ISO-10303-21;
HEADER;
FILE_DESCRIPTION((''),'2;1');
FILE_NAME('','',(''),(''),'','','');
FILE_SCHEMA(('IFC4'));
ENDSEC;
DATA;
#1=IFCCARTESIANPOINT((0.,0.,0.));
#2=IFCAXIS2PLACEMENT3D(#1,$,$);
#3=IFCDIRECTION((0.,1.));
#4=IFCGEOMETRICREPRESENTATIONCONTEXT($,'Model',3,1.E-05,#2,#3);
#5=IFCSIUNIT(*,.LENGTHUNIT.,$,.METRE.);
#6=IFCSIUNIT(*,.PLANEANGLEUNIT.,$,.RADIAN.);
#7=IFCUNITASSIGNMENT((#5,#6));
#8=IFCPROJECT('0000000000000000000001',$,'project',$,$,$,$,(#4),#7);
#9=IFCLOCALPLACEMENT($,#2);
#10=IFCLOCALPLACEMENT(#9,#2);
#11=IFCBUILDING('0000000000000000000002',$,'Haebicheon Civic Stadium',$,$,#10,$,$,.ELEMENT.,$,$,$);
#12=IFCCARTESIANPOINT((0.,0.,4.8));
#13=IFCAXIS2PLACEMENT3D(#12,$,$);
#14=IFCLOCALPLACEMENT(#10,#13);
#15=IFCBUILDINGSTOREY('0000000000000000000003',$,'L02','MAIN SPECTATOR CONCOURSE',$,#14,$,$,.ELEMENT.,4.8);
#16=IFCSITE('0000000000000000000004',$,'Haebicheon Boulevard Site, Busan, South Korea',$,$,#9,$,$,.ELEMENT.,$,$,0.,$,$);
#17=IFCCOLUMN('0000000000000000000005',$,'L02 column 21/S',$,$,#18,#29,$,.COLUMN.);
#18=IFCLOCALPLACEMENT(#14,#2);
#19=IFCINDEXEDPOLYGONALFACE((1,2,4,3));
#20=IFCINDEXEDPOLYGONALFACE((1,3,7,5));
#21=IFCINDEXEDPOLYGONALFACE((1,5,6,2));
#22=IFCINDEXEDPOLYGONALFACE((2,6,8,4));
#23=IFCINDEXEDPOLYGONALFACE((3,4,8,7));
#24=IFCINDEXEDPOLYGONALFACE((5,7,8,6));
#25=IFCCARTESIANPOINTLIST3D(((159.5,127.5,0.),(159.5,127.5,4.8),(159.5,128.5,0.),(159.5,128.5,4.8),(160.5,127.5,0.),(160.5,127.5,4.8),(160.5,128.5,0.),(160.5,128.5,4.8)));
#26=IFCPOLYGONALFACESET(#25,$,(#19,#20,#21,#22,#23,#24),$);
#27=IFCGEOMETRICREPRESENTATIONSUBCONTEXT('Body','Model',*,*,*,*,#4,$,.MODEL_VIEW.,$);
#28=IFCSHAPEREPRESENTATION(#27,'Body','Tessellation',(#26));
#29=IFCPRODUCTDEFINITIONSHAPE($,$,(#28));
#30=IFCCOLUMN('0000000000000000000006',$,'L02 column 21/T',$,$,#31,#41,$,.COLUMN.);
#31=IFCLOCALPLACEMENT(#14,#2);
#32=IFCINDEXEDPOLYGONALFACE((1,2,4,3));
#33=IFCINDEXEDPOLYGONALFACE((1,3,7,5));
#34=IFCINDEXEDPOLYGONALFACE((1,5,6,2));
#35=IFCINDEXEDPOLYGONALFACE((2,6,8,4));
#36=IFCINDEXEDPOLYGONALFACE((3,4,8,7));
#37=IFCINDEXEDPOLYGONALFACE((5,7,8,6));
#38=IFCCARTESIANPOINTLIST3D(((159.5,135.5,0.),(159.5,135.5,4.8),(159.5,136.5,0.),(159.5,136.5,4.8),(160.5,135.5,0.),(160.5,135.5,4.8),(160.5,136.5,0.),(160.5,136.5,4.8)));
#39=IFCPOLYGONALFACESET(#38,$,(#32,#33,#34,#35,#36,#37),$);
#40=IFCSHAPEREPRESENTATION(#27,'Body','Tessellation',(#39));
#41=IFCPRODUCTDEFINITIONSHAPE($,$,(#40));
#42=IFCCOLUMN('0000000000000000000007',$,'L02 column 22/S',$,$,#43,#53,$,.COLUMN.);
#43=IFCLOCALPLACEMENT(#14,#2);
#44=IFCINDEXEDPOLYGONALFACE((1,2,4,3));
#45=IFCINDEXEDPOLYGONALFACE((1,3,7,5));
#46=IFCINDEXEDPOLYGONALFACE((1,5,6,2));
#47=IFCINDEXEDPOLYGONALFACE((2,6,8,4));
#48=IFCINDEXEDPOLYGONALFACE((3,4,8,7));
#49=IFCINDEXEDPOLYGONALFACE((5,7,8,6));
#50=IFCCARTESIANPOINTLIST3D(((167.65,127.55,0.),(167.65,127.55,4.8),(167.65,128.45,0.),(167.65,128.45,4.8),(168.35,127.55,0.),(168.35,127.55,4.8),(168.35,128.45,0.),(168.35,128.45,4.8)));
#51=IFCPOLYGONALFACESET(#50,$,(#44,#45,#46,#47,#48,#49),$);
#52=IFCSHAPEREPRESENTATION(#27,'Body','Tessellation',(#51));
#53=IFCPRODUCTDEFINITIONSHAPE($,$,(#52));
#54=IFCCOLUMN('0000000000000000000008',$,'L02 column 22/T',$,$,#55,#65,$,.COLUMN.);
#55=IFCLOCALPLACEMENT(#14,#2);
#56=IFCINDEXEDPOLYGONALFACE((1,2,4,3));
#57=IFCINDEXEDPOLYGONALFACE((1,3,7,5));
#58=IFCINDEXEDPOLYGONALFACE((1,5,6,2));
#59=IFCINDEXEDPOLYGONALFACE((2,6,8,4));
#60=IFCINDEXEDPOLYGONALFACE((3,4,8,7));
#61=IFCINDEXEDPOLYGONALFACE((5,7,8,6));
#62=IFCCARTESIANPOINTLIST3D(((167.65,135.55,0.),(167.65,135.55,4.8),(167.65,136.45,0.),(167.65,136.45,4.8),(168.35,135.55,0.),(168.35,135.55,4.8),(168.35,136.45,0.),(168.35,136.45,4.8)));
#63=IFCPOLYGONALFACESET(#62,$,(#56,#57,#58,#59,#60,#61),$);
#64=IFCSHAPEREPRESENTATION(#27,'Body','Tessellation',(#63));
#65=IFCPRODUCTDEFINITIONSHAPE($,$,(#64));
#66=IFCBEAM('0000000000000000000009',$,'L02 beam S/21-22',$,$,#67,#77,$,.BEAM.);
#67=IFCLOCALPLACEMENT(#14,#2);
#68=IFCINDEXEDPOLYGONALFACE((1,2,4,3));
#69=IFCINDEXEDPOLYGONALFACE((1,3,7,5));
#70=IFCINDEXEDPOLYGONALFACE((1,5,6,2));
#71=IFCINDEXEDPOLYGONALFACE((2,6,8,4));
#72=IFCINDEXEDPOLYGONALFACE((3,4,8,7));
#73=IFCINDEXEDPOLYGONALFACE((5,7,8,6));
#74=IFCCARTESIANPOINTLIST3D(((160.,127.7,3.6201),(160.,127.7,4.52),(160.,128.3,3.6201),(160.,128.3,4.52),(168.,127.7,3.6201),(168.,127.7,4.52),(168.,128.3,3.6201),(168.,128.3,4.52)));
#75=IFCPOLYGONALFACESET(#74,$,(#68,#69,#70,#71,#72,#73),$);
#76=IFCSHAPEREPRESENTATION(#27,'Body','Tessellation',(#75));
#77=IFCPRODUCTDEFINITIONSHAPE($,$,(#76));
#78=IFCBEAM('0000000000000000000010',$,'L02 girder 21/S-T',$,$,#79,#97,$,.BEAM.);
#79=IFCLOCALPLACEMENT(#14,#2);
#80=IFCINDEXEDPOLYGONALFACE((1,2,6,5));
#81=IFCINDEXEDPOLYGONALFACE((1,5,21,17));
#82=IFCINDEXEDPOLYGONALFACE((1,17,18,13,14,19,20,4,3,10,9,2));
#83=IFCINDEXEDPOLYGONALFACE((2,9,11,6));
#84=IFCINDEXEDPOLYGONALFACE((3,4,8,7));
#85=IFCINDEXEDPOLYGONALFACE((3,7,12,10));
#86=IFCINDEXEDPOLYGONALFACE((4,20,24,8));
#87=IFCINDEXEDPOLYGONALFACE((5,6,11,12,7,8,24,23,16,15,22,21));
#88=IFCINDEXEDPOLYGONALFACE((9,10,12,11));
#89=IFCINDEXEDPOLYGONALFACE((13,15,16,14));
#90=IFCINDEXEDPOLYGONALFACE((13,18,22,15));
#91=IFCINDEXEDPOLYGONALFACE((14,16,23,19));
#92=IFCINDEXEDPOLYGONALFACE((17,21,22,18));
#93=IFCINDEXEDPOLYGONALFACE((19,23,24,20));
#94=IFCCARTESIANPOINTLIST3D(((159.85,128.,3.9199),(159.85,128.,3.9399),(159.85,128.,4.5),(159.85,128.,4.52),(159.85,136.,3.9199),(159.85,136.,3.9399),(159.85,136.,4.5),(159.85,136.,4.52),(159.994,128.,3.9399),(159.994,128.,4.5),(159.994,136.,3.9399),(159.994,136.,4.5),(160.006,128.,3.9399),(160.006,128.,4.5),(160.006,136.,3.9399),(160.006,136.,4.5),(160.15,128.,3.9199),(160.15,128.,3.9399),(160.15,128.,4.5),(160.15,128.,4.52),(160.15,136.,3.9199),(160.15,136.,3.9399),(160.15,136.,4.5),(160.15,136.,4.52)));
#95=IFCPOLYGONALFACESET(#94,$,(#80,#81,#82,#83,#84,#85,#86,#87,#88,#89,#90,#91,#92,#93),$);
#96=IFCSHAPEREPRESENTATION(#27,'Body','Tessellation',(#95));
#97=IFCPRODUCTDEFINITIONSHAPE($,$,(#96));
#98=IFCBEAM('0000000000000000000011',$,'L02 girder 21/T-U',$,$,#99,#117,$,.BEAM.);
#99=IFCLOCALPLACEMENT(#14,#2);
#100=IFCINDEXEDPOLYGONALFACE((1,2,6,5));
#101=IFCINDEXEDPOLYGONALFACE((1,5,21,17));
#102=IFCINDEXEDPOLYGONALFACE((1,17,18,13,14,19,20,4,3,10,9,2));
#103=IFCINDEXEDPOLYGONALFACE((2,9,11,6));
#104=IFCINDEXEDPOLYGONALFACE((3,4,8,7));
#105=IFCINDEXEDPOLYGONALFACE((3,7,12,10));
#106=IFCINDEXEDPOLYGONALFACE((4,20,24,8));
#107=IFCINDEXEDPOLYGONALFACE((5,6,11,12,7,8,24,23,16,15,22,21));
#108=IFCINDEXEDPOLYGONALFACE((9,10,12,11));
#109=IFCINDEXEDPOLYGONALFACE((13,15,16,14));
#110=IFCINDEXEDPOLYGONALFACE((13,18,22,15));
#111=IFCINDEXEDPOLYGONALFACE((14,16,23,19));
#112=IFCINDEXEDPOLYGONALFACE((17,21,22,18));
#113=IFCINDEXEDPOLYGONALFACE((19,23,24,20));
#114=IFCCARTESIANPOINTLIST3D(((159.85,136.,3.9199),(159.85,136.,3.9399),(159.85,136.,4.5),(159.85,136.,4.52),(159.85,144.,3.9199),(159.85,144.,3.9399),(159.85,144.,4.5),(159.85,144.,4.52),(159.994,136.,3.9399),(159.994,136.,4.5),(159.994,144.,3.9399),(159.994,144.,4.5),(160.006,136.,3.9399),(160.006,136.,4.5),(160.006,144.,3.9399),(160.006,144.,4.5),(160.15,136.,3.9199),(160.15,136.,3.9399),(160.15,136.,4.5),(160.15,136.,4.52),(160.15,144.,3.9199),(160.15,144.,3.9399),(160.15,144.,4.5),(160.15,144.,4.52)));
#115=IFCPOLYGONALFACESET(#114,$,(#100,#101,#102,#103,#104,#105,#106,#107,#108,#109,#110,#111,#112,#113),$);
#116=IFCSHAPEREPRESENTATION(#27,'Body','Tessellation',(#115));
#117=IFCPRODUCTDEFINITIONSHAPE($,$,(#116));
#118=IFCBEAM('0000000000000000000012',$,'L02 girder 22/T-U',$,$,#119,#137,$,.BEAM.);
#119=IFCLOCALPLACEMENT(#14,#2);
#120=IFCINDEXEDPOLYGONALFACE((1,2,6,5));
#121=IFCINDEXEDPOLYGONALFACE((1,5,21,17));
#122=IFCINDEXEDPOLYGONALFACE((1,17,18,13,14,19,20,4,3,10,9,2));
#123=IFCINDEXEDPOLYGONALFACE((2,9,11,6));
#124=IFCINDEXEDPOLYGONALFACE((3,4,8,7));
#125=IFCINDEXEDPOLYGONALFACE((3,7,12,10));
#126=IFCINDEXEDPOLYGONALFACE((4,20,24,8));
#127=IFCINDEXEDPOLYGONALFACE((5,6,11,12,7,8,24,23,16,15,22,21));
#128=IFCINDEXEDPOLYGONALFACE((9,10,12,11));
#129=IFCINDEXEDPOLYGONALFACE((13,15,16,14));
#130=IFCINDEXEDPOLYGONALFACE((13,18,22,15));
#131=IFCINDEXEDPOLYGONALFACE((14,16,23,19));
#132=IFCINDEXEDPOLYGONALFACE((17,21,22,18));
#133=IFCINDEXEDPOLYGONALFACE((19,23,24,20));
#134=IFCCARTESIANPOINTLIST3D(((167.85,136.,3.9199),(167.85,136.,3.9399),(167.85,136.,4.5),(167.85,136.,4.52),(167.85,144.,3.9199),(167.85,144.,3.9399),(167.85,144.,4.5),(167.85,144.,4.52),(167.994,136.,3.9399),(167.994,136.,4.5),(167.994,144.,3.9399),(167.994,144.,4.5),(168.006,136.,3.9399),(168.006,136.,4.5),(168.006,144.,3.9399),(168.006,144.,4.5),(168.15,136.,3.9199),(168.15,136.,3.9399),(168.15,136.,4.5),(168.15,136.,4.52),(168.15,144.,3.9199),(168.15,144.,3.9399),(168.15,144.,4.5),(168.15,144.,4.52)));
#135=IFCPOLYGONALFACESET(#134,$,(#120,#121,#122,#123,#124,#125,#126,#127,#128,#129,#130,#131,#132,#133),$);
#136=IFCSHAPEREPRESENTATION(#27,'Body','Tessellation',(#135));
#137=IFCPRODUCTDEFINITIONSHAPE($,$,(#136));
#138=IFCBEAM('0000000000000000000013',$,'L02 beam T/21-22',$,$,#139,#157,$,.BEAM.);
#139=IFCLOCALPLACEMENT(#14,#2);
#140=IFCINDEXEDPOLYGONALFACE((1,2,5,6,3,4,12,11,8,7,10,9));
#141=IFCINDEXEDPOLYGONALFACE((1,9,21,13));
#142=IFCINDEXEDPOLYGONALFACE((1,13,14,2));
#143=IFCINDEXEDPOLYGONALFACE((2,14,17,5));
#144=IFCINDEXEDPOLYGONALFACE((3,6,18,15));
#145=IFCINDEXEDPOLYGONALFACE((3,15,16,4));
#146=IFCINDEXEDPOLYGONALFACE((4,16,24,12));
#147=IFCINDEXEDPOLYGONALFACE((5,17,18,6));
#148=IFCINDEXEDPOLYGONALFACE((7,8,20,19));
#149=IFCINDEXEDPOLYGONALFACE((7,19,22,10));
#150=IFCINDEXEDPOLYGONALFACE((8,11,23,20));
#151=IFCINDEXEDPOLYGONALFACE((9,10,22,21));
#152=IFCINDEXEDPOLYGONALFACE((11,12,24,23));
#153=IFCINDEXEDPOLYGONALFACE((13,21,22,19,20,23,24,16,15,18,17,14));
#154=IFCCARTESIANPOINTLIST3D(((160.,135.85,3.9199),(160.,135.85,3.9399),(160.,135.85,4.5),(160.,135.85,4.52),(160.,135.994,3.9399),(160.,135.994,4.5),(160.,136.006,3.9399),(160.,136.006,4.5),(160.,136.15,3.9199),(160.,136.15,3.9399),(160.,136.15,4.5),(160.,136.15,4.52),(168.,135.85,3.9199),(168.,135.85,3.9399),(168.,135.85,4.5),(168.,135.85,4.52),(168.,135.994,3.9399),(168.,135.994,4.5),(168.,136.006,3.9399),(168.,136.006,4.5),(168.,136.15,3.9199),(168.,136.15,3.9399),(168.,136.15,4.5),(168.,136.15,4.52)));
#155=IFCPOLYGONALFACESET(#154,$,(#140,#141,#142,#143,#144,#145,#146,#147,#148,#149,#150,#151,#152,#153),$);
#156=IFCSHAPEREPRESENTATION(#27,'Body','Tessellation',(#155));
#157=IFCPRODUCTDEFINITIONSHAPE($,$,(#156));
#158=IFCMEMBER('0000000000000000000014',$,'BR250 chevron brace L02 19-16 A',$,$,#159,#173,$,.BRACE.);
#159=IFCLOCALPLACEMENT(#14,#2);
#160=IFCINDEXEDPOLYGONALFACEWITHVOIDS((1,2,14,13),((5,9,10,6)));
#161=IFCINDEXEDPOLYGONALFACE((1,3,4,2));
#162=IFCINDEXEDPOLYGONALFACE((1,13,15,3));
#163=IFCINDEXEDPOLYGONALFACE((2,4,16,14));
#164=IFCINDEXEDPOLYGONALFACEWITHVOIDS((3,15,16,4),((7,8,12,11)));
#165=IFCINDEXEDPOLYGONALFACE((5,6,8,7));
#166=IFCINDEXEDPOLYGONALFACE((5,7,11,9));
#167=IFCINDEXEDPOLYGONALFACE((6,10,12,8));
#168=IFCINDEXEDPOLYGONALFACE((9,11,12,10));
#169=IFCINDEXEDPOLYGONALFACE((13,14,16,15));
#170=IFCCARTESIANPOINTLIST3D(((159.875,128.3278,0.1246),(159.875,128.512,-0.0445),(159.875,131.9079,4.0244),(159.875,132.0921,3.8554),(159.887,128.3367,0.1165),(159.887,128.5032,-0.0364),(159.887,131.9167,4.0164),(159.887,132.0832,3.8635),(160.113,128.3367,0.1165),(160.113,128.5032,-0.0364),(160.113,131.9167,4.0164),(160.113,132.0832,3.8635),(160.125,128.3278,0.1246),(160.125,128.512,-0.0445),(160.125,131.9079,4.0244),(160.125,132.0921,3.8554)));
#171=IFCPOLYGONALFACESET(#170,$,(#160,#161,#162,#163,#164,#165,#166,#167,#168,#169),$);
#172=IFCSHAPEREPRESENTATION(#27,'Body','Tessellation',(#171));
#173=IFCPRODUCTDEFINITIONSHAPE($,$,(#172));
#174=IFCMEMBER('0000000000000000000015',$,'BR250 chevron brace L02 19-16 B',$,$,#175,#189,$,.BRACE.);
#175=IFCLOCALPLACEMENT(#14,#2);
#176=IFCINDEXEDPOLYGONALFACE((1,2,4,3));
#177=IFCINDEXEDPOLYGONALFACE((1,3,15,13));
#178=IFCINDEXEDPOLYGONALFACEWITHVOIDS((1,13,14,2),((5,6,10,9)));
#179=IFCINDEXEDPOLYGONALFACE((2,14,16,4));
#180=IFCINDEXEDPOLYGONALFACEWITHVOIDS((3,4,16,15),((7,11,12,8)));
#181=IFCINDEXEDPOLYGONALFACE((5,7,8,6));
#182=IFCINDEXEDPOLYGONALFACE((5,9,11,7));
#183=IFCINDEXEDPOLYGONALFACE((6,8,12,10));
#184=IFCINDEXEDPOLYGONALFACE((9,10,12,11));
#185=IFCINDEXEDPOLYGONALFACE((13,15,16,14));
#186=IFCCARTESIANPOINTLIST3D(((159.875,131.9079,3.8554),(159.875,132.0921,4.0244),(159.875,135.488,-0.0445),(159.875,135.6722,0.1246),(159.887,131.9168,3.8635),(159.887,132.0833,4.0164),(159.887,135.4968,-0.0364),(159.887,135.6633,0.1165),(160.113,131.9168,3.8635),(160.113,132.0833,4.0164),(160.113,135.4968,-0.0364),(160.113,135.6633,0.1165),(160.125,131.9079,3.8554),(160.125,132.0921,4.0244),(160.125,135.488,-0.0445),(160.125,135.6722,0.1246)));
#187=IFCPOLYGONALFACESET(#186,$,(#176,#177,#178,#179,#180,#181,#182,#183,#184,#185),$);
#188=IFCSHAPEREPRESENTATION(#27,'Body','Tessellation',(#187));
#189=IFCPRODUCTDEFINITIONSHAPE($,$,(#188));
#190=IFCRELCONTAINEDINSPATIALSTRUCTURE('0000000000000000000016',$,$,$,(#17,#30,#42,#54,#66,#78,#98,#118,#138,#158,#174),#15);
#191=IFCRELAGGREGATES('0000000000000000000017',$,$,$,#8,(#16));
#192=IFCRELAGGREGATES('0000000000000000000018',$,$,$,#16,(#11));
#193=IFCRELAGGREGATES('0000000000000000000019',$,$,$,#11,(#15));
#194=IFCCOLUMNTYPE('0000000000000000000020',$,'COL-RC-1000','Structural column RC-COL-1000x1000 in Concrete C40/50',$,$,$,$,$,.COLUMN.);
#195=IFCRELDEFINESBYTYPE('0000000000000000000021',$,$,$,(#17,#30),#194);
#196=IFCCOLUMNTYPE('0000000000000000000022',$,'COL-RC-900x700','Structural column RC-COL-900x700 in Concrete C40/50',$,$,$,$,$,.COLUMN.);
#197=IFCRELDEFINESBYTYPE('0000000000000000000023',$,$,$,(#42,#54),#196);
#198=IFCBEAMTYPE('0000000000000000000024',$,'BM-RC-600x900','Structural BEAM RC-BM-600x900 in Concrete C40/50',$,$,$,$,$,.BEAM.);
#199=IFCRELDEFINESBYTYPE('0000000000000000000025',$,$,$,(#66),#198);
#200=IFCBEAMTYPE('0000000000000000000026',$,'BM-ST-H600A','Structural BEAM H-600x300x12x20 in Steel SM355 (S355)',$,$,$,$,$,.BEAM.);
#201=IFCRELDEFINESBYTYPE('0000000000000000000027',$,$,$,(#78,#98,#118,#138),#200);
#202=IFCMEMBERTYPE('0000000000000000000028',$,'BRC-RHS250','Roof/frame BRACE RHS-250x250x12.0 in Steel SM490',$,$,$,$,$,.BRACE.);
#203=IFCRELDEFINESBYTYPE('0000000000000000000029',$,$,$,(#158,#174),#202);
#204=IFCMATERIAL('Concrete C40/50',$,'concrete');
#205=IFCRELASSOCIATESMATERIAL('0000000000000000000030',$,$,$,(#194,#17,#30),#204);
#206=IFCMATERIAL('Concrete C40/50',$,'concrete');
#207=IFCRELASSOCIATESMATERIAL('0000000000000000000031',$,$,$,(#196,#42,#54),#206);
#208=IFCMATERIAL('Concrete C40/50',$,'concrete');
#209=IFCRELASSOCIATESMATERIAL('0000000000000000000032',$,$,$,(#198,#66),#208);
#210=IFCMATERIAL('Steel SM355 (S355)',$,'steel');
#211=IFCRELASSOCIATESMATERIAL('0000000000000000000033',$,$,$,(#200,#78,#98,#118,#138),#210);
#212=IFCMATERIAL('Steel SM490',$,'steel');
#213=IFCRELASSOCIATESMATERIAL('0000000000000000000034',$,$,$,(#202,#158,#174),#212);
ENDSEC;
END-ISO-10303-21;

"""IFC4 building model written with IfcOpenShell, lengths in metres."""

from ifc_helpers import new_model, si_unit, direction, frame, origin, origin_2d, place, context, subcontext, project, spatial, rectangle, hollow_rectangle, i_section, extrude, material, material_profile, profile_set, type_object, element, save


model = new_model("IFC4")

# Units and contexts
model_context = context("Model", 3, precision=1e-05, world=origin(), true_north=direction((0.0, 1.0)))
body_context = subcontext(model_context, "Body", "Model", "MODEL_VIEW")
ifc_project = project(units=[si_unit("LENGTHUNIT", "METRE"), si_unit("PLANEANGLEUNIT", "RADIAN")], contexts=[model_context])

# Site, building, storey
site_placement = place(None, origin())
site = spatial("IfcSite", under=ifc_project, at=site_placement, Name="Haebicheon Boulevard Site, Busan, South Korea", CompositionType="ELEMENT", RefElevation=0.0)
building_placement = place(site_placement, origin())
building = spatial("IfcBuilding", under=site, at=building_placement, Name="Haebicheon Civic Stadium", CompositionType="ELEMENT")
storey_placement = place(building_placement, frame((0.0, 0.0, 4.8)))
storey = spatial("IfcBuildingStorey", under=building, at=storey_placement, Name="L02", Description="MAIN SPECTATOR CONCOURSE", CompositionType="ELEMENT", Elevation=4.8)

# Columns
ifc_material_1 = material(Name="Concrete C40/50", Category="concrete")
ifc_material_profile_1 = material_profile(ifc_material_1, rectangle(XDim=1.0, YDim=1.0, at=origin_2d()), Name="RC-COL-1000x1000")
ifc_profile_set_1 = profile_set([ifc_material_profile_1], Name="Concrete C40/50")
column_type_1 = type_object("IfcColumnType", Name="COL-RC-1000", Description="Structural column RC-COL-1000x1000 in Concrete C40/50", PredefinedType="COLUMN", material=ifc_profile_set_1)
for number, where, z_axis, x_axis, name in (
    (1, (160.0, 128.0, 0.0), (0.0, 0.0, 1.0), (1.0, 0.0, 0.0), "L02 column 21/S"),
    (2, (160.0, 136.0, 0.0), (0.0, 0.0, 1.0), (1.0, 0.0, 0.0), "L02 column 21/T"),
):
    element("IfcColumn", number, at=place(storey_placement, frame(where, z_axis=z_axis, x_axis=x_axis)), inside=storey, type_object=column_type_1, material=ifc_profile_set_1, Name=name, PredefinedType="COLUMN", context=body_context, shape_type="SweptSolid", body=[
        extrude(rectangle(XDim=1.0, YDim=1.0, at=origin_2d()), origin(), (0.0, 0.0, 1.0), 4.8),
    ])
ifc_material_2 = material(Name="Concrete C40/50", Category="concrete")
ifc_material_profile_2 = material_profile(ifc_material_2, rectangle(XDim=0.7, YDim=0.8999, at=origin_2d()), Name="RC-COL-900x700")
ifc_profile_set_2 = profile_set([ifc_material_profile_2], Name="Concrete C40/50")
column_type_2 = type_object("IfcColumnType", Name="COL-RC-900x700", Description="Structural column RC-COL-900x700 in Concrete C40/50", PredefinedType="COLUMN", material=ifc_profile_set_2)
for number, where, z_axis, x_axis, name in (
    (3, (168.0, 128.0, 0.0), (0.0, 0.0, 1.0), (1.0, 0.0, 0.0), "L02 column 22/S"),
    (4, (168.0, 136.0, 0.0), (0.0, 0.0, 1.0), (1.0, 0.0, 0.0), "L02 column 22/T"),
):
    element("IfcColumn", number, at=place(storey_placement, frame(where, z_axis=z_axis, x_axis=x_axis)), inside=storey, type_object=column_type_2, material=ifc_profile_set_2, Name=name, PredefinedType="COLUMN", context=body_context, shape_type="SweptSolid", body=[
        extrude(rectangle(XDim=0.7, YDim=0.8999, at=origin_2d()), origin(), (0.0, 0.0, 1.0), 4.8),
    ])

# Beams
ifc_material_3 = material(Name="Concrete C40/50", Category="concrete")
ifc_material_profile_3 = material_profile(ifc_material_3, rectangle(XDim=0.6001, YDim=0.8999, at=origin_2d()), Name="RC-BM-600x900")
ifc_profile_set_3 = profile_set([ifc_material_profile_3], Name="Concrete C40/50")
beam_type_1 = type_object("IfcBeamType", Name="BM-RC-600x900", Description="Structural BEAM RC-BM-600x900 in Concrete C40/50", PredefinedType="BEAM", material=ifc_profile_set_3)
beam_placement = place(storey_placement, frame((160.0, 128.0, 4.0701), z_axis=(1.0, 0.0, 0.0), x_axis=(0.0, 1.0, 0.0)))
element("IfcBeam", 5, at=beam_placement, inside=storey, type_object=beam_type_1, material=ifc_profile_set_3, Name="L02 beam S/21-22", PredefinedType="BEAM", context=body_context, shape_type="SweptSolid", body=[
    extrude(rectangle(XDim=0.6001, YDim=0.8999, at=origin_2d()), origin(), (0.0, 0.0, 1.0), 8.0),
])
ifc_material_4 = material(Name="Steel SM355 (S355)", Category="steel")
ifc_material_profile_4 = material_profile(ifc_material_4, i_section(OverallWidth=0.3, OverallDepth=0.6001, WebThickness=0.012, FlangeThickness=0.02, at=origin_2d()), Name="H-600x300x12x20")
ifc_profile_set_4 = profile_set([ifc_material_profile_4], Name="Steel SM355 (S355)")
beam_type_2 = type_object("IfcBeamType", Name="BM-ST-H600A", Description="Structural BEAM H-600x300x12x20 in Steel SM355 (S355)", PredefinedType="BEAM", material=ifc_profile_set_4)
for number, where, z_axis, x_axis, name in (
    (6, (160.0, 128.0, 4.22), (0.0, 1.0, 0.0), (-1.0, 0.0, 0.0), "L02 girder 21/S-T"),
    (7, (160.0, 136.0, 4.22), (0.0, 1.0, 0.0), (-1.0, 0.0, 0.0), "L02 girder 21/T-U"),
    (8, (168.0, 136.0, 4.22), (0.0, 1.0, 0.0), (-1.0, 0.0, 0.0), "L02 girder 22/T-U"),
    (9, (160.0, 136.0, 4.22), (1.0, 0.0, 0.0), (0.0, 1.0, 0.0), "L02 beam T/21-22"),
):
    element("IfcBeam", number, at=place(storey_placement, frame(where, z_axis=z_axis, x_axis=x_axis)), inside=storey, type_object=beam_type_2, material=ifc_profile_set_4, Name=name, PredefinedType="BEAM", context=body_context, shape_type="SweptSolid", body=[
        extrude(i_section(OverallWidth=0.3, OverallDepth=0.6001, WebThickness=0.012, FlangeThickness=0.02, at=origin_2d()), origin(), (0.0, 0.0, 1.0), 8.0),
    ])

# Members
ifc_material_5 = material(Name="Steel SM490", Category="steel")
ifc_material_profile_5 = material_profile(ifc_material_5, hollow_rectangle(XDim=0.25, YDim=0.25, WallThickness=0.012, at=origin_2d()), Name="RHS-250x250x12.0")
ifc_profile_set_5 = profile_set([ifc_material_profile_5], Name="Steel SM490")
member_type_1 = type_object("IfcMemberType", Name="BRC-RHS250", Description="Roof/frame BRACE RHS-250x250x12.0 in Steel SM490", PredefinedType="BRACE", material=ifc_profile_set_5)
for number, where, z_axis, x_axis, name in (
    (10, (160.0, 128.4199, 0.04), (0.0, 0.676255, 0.736668), (-1.0, 0.0, 0.0), "BR250 chevron brace L02 19-16 A"),
    (11, (160.0, 135.5801, 0.04), (0.0, -0.676255, 0.736668), (1.0, 0.0, 0.0), "BR250 chevron brace L02 19-16 B"),
):
    element("IfcMember", number, at=place(storey_placement, frame(where, z_axis=z_axis, x_axis=x_axis)), inside=storey, type_object=member_type_1, material=ifc_profile_set_5, Name=name, PredefinedType="BRACE", context=body_context, shape_type="SweptSolid", body=[
        extrude(hollow_rectangle(XDim=0.25, YDim=0.25, WallThickness=0.012, at=origin_2d()), origin(), (0.0, 0.0, 1.0), 5.2939),
    ])

save(model, "model.ifc")
